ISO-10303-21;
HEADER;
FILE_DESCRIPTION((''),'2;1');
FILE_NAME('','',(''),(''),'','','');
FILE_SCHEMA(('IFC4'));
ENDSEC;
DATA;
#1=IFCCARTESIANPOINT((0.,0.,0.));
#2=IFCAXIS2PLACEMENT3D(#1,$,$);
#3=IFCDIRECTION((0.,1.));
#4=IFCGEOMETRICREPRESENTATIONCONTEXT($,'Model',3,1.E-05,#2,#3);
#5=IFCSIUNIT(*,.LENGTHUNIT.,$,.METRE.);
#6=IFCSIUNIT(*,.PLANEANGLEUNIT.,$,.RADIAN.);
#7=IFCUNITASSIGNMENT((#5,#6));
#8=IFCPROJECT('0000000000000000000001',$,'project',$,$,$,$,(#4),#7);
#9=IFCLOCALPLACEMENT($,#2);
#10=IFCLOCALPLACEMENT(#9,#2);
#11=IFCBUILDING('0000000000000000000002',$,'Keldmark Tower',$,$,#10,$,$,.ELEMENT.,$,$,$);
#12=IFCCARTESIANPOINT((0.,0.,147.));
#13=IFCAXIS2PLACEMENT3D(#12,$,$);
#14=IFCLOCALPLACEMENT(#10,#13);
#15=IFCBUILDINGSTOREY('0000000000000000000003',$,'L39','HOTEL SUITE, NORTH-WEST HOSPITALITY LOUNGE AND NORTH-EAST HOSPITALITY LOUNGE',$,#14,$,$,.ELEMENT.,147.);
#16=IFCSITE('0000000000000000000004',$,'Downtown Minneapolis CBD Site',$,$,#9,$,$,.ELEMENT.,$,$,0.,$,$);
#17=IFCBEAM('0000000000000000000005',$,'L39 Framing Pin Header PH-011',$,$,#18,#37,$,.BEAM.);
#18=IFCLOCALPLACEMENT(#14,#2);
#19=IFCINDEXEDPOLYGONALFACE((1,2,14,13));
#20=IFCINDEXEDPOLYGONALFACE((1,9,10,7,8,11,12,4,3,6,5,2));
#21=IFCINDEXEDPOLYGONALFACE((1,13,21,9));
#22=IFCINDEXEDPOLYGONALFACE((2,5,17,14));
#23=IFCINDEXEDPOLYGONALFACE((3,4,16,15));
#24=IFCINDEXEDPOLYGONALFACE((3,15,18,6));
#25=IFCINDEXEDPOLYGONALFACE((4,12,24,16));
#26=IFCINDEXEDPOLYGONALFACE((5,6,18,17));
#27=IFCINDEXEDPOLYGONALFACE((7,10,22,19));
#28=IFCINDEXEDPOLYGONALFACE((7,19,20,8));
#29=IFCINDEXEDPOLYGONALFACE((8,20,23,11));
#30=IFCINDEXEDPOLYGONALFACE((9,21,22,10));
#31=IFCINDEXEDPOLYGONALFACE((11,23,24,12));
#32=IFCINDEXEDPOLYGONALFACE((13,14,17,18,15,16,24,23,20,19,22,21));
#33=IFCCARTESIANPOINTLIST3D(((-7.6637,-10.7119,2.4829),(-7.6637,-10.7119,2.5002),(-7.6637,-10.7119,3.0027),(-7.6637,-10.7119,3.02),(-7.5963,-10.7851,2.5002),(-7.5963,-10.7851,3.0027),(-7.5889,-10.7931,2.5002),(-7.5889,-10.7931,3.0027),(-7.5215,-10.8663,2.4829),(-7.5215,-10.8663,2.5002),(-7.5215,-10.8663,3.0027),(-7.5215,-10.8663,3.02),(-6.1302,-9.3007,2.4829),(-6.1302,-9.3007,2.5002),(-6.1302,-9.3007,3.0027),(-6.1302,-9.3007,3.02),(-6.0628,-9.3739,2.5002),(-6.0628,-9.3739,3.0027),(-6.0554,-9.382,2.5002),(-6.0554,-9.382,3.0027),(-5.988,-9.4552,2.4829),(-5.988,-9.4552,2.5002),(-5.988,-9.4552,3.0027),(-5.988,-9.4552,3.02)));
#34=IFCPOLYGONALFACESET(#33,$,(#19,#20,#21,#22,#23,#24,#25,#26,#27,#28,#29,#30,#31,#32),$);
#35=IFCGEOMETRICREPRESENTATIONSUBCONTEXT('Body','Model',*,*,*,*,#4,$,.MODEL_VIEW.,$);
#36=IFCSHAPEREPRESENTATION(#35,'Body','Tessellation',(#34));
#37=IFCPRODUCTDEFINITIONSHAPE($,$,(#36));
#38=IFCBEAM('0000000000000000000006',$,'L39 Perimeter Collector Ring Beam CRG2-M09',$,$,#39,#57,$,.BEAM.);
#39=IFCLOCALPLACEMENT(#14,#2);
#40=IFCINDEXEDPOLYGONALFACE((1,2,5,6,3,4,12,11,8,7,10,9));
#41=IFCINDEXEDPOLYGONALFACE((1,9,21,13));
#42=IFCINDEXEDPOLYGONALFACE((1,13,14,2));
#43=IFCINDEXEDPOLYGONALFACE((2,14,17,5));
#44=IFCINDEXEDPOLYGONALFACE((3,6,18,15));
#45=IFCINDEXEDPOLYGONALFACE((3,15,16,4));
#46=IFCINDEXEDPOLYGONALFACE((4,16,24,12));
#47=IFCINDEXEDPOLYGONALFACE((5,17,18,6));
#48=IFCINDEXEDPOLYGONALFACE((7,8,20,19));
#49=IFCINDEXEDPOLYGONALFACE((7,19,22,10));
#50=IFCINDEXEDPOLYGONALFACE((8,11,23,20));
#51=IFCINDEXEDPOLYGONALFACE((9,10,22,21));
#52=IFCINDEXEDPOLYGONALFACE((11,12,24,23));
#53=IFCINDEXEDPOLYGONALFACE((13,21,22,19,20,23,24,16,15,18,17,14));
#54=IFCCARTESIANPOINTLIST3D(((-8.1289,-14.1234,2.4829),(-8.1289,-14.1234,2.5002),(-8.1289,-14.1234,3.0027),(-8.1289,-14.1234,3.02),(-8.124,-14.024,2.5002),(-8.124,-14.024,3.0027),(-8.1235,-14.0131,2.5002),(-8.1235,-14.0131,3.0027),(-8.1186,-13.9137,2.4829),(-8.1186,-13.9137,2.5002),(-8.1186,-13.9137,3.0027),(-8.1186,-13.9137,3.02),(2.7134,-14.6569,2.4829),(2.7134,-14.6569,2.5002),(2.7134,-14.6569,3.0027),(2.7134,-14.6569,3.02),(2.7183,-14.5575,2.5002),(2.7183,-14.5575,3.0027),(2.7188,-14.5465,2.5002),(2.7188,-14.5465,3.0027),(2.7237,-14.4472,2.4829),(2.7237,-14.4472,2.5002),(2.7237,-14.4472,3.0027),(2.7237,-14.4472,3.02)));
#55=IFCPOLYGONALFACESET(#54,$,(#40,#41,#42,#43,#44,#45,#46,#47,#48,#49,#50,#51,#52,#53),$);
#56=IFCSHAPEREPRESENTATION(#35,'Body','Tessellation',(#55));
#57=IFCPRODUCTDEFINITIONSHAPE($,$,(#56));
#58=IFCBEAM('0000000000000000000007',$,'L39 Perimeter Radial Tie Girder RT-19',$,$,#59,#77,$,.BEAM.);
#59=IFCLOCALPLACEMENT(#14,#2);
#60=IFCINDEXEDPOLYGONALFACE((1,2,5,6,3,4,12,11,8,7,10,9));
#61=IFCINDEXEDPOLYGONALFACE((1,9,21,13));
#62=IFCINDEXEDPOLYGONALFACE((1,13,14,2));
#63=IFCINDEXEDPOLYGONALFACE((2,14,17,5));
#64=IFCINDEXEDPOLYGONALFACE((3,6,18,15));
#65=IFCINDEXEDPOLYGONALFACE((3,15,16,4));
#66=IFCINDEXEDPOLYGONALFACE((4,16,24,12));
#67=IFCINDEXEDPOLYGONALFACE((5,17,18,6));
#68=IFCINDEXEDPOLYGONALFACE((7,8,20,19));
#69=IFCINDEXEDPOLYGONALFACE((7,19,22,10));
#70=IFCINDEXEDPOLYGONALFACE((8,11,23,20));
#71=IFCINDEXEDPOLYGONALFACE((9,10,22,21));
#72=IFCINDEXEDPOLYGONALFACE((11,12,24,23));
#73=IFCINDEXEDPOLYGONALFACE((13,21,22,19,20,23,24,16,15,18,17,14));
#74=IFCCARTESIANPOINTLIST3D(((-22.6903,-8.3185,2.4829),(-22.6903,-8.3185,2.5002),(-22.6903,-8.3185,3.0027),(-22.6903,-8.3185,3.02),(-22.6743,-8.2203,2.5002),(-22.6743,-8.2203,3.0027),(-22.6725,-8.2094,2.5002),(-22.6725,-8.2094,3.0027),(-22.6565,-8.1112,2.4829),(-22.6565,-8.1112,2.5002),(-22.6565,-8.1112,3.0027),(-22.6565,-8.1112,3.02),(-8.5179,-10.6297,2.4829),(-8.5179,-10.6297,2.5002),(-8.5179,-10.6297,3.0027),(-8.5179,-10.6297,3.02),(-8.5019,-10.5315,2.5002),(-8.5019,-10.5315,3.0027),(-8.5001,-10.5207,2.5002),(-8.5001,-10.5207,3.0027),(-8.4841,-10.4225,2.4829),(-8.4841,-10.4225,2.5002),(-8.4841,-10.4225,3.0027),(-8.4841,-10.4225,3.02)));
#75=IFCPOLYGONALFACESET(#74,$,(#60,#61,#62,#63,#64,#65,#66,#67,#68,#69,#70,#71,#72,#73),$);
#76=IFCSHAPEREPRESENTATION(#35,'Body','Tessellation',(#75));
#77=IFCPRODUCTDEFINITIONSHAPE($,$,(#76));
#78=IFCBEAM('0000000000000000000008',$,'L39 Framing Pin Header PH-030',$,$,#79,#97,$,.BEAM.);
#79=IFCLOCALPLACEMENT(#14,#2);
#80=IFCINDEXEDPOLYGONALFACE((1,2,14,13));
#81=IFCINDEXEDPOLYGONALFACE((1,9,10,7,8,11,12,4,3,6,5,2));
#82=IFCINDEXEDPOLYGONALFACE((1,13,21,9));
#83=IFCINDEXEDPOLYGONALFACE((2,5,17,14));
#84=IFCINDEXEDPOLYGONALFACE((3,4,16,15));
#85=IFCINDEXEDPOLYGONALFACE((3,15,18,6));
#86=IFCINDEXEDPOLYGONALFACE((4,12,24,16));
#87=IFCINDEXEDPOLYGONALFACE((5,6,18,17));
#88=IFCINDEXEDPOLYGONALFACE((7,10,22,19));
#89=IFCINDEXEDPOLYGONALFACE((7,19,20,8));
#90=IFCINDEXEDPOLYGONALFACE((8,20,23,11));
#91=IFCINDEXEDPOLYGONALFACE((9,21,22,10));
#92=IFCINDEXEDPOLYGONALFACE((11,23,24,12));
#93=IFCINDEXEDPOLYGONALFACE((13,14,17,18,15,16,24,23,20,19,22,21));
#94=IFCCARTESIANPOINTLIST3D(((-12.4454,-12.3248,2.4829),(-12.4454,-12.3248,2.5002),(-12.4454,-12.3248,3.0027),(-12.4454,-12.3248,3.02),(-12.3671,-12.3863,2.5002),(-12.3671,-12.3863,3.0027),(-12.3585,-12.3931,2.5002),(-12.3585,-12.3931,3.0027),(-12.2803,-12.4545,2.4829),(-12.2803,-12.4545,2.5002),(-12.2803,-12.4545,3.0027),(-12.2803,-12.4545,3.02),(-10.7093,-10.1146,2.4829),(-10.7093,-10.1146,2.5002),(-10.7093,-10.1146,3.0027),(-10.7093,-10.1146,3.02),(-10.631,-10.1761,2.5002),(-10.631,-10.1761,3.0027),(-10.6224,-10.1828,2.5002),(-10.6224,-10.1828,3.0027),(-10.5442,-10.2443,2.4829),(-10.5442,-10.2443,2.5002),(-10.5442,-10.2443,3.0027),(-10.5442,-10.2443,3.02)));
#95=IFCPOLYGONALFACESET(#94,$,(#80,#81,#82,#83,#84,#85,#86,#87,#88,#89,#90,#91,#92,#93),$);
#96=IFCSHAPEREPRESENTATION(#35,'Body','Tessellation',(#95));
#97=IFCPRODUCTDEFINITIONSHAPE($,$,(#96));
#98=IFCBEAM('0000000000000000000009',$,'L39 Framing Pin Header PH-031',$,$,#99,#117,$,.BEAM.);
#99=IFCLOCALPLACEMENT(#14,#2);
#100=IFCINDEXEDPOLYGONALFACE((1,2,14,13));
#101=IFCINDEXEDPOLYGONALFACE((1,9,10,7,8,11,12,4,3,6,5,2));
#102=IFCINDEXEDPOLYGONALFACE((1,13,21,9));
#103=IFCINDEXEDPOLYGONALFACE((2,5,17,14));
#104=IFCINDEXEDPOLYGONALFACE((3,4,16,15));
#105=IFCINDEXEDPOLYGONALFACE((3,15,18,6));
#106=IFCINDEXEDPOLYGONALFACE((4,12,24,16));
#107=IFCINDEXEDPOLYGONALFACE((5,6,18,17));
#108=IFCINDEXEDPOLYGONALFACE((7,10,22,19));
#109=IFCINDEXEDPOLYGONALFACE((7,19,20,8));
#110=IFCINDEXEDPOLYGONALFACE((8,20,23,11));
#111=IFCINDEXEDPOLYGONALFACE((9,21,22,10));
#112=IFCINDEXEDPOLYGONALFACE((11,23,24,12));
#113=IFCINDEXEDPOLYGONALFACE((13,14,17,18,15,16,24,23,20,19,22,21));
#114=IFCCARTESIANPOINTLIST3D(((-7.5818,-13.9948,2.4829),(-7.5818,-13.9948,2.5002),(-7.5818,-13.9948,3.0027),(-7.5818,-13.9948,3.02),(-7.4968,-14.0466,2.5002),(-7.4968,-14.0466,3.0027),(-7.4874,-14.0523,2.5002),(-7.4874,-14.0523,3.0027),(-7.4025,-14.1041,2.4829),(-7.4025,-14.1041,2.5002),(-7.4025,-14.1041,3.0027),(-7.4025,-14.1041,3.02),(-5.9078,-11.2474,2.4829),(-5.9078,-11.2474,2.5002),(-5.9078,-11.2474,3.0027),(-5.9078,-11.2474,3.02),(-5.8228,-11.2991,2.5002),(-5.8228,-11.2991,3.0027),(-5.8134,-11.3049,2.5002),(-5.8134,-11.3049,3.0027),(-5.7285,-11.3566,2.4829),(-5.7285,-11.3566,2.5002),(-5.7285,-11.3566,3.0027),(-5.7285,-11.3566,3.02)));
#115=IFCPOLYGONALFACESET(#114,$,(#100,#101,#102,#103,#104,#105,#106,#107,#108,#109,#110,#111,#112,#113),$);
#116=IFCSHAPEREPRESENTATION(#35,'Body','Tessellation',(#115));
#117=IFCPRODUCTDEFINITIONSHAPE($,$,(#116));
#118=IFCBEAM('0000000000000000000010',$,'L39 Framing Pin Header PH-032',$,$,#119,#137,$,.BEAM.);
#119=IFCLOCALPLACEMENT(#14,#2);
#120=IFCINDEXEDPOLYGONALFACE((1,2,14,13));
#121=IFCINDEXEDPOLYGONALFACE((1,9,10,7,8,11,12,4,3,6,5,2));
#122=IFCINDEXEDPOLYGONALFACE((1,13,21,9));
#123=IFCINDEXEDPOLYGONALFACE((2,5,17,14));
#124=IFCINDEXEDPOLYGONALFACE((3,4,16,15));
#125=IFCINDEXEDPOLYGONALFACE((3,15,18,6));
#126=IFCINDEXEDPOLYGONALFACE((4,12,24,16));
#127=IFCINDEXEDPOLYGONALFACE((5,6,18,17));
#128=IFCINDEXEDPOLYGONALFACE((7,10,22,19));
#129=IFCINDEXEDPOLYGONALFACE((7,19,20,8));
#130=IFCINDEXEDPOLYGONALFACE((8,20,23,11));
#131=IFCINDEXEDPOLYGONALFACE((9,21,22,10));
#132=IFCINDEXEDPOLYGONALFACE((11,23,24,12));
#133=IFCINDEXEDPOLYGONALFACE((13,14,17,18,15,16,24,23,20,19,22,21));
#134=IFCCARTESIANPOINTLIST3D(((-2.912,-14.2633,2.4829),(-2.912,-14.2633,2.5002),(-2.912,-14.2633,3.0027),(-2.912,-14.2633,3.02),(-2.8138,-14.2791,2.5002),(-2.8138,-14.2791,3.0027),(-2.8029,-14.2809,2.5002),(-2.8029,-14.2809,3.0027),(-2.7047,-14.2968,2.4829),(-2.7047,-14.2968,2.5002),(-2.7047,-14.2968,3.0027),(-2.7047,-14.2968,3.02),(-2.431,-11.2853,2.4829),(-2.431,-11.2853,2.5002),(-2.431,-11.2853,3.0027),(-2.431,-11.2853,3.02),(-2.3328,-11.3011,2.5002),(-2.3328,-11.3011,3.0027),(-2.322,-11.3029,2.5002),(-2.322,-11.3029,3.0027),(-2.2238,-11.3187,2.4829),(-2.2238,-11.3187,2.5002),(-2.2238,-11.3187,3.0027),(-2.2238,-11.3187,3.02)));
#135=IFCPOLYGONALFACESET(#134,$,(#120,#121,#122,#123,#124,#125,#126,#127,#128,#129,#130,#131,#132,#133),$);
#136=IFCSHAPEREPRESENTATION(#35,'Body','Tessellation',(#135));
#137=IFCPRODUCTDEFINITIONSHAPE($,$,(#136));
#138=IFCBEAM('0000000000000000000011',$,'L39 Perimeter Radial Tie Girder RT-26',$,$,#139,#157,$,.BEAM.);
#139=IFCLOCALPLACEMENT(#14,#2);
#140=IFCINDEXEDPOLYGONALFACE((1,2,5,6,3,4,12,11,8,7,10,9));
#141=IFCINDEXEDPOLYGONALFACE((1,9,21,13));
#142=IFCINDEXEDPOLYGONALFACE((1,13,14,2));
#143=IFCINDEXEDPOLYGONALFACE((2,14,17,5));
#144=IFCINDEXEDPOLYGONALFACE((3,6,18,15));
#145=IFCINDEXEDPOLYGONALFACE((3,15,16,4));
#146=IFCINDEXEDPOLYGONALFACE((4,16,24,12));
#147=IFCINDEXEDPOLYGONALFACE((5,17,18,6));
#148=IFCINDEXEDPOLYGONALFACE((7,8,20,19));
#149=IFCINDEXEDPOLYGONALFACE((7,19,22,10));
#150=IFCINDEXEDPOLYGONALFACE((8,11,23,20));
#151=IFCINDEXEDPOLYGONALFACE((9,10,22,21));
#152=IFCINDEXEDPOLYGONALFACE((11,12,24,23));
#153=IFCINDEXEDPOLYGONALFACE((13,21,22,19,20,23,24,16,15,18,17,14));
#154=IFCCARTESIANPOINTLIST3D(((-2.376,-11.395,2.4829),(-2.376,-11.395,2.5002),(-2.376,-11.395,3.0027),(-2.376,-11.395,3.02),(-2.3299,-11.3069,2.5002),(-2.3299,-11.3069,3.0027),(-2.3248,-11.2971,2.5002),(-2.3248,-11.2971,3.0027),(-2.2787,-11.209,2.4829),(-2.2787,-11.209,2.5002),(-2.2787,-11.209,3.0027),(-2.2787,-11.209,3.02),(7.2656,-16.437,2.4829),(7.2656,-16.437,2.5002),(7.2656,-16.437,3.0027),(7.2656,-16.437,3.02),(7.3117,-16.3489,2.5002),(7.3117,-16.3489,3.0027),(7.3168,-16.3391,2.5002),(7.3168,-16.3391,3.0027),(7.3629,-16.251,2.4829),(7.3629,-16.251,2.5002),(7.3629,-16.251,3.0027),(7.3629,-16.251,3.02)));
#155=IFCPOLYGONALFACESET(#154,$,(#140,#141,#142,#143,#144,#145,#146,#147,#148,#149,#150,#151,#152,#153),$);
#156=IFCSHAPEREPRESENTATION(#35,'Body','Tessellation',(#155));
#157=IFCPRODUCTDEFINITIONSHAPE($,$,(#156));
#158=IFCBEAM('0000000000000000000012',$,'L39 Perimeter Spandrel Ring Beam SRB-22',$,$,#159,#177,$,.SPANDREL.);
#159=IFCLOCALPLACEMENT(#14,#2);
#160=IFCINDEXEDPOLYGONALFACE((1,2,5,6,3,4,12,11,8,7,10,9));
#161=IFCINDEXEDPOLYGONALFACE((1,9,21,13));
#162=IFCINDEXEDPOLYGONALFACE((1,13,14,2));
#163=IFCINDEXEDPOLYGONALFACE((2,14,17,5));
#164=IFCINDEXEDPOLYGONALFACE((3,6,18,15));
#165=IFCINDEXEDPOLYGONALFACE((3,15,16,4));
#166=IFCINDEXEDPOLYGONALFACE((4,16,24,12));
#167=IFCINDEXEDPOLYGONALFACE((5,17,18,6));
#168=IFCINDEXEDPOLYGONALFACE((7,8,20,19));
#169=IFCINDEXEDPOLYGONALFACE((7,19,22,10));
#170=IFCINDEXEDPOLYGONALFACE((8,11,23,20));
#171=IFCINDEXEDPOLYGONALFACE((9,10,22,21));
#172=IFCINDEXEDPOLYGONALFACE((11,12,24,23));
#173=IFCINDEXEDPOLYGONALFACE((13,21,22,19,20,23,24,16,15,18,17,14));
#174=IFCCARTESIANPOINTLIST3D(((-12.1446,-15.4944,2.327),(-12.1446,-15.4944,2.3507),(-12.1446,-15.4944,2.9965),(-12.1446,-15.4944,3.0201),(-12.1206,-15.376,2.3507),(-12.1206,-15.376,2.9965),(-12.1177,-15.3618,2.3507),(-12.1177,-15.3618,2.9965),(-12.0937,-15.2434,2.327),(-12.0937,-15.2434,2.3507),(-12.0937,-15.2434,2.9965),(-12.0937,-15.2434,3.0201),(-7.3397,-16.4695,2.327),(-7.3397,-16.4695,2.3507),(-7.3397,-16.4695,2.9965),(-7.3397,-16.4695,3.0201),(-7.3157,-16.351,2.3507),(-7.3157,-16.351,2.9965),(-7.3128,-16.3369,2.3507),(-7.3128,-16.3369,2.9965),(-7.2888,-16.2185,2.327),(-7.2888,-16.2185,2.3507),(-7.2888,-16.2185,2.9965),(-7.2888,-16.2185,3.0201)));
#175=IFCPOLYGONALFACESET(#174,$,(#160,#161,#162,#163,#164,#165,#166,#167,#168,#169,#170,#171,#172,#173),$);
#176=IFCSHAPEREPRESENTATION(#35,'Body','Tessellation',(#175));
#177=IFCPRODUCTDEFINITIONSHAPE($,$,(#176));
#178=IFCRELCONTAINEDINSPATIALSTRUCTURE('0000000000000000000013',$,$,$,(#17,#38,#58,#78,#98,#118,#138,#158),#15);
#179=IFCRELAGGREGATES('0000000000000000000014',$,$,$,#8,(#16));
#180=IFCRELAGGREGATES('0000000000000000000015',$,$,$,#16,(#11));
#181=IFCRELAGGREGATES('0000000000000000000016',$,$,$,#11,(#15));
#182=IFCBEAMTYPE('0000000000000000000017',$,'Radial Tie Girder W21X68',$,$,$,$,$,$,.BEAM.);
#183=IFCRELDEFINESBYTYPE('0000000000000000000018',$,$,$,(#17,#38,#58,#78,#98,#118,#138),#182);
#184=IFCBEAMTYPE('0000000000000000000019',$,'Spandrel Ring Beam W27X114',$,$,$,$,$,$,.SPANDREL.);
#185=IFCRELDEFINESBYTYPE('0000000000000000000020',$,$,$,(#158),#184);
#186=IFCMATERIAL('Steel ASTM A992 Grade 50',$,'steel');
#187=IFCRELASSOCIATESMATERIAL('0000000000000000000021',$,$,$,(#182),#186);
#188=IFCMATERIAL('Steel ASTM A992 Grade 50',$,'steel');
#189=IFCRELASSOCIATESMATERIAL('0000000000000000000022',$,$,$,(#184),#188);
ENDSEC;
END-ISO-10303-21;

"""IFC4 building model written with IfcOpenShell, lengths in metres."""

from ifc_helpers import new_model, si_unit, direction, frame, origin, origin_2d, place, context, subcontext, project, spatial, i_section, extrude, material, material_profile, profile_set, type_object, element, save


model = new_model("IFC4")

# Units and contexts
model_context = context("Model", 3, precision=1e-05, world=origin(), true_north=direction((0.0, 1.0)))
body_context = subcontext(model_context, "Body", "Model", "MODEL_VIEW")
ifc_project = project(units=[si_unit("LENGTHUNIT", "METRE"), si_unit("PLANEANGLEUNIT", "RADIAN")], contexts=[model_context])

# Site, building, storey
site_placement = place(None, origin())
site = spatial("IfcSite", under=ifc_project, at=site_placement, Name="Downtown Minneapolis CBD Site", CompositionType="ELEMENT", RefElevation=0.0)
building_placement = place(site_placement, origin())
building = spatial("IfcBuilding", under=site, at=building_placement, Name="Keldmark Tower", CompositionType="ELEMENT")
storey_placement = place(building_placement, frame((0.0, 0.0, 147.0)))
storey = spatial("IfcBuildingStorey", under=building, at=storey_placement, Name="L39", Description="HOTEL SUITE, NORTH-WEST HOSPITALITY LOUNGE AND NORTH-EAST HOSPITALITY LOUNGE", CompositionType="ELEMENT", Elevation=147.0)

# Beams
ifc_material_1 = material(Name="Steel ASTM A992 Grade 50", Category="steel")
ifc_material_profile_1 = material_profile(ifc_material_1, i_section(OverallWidth=0.21, OverallDepth=0.5371, WebThickness=0.011, FlangeThickness=0.0173, at=origin_2d()), Name="W21X68")
ifc_profile_set_1 = profile_set([ifc_material_profile_1], Name="Steel ASTM A992 Grade 50")
beam_type_1 = type_object("IfcBeamType", Name="Radial Tie Girder W21X68", PredefinedType="BEAM", material=ifc_profile_set_1)
beam_1_placement = place(storey_placement, frame((-6.0591, -9.3779, 2.7515), z_axis=(-0.735845, -0.67715, 0.0), x_axis=(0.67715, -0.735845, 0.0)))
element("IfcBeam", 1, at=beam_1_placement, inside=storey, type_object=beam_type_1, Name="L39 Framing Pin Header PH-011", PredefinedType="BEAM", context=body_context, shape_type="SweptSolid", body=[
    extrude(i_section(OverallWidth=0.21, OverallDepth=0.5371, WebThickness=0.011, FlangeThickness=0.0173, at=origin_2d()), origin(), (0.0, 0.0, 1.0), 2.084),
])
beam_2_placement = place(storey_placement, frame((-8.1238, -14.0186, 2.7515), z_axis=(0.998792, -0.049141, 0.0), x_axis=(0.049141, 0.998792, 0.0)))
element("IfcBeam", 2, at=beam_2_placement, inside=storey, type_object=beam_type_1, Name="L39 Perimeter Collector Ring Beam CRG2-M09", PredefinedType="BEAM", context=body_context, shape_type="SweptSolid", body=[
    extrude(i_section(OverallWidth=0.21, OverallDepth=0.5371, WebThickness=0.011, FlangeThickness=0.0173, at=origin_2d()), origin(), (0.0, 0.0, 1.0), 10.8555),
])
beam_3_placement = place(storey_placement, frame((-8.501, -10.5261, 2.7515), z_axis=(-0.986961, 0.160957, 0.0), x_axis=(-0.160957, -0.986961, 0.0)))
element("IfcBeam", 3, at=beam_3_placement, inside=storey, type_object=beam_type_1, Name="L39 Perimeter Radial Tie Girder RT-19", PredefinedType="BEAM", context=body_context, shape_type="SweptSolid", body=[
    extrude(i_section(OverallWidth=0.21, OverallDepth=0.5371, WebThickness=0.011, FlangeThickness=0.0173, at=origin_2d()), origin(), (0.0, 0.0, 1.0), 14.3596),
])
beam_4_placement = place(storey_placement, frame((-10.6267, -10.1794, 2.7515), z_axis=(-0.61771, -0.786406, 0.0), x_axis=(0.786406, -0.61771, 0.0)))
element("IfcBeam", 4, at=beam_4_placement, inside=storey, type_object=beam_type_1, Name="L39 Framing Pin Header PH-030", PredefinedType="BEAM", context=body_context, shape_type="SweptSolid", body=[
    extrude(i_section(OverallWidth=0.21, OverallDepth=0.5371, WebThickness=0.011, FlangeThickness=0.0173, at=origin_2d()), origin(), (0.0, 0.0, 1.0), 2.8105),
])
beam_5_placement = place(storey_placement, frame((-5.8181, -11.302, 2.7515), z_axis=(-0.52032, -0.853971, 0.0), x_axis=(0.853971, -0.52032, 0.0)))
element("IfcBeam", 5, at=beam_5_placement, inside=storey, type_object=beam_type_1, Name="L39 Framing Pin Header PH-031", PredefinedType="BEAM", context=body_context, shape_type="SweptSolid", body=[
    extrude(i_section(OverallWidth=0.21, OverallDepth=0.5371, WebThickness=0.011, FlangeThickness=0.0173, at=origin_2d()), origin(), (0.0, 0.0, 1.0), 3.2173),
])
beam_6_placement = place(storey_placement, frame((-2.3274, -11.302, 2.7515), z_axis=(-0.159436, -0.987208, 0.0), x_axis=(0.987208, -0.159436, 0.0)))
element("IfcBeam", 6, at=beam_6_placement, inside=storey, type_object=beam_type_1, Name="L39 Framing Pin Header PH-032", PredefinedType="BEAM", context=body_context, shape_type="SweptSolid", body=[
    extrude(i_section(OverallWidth=0.21, OverallDepth=0.5371, WebThickness=0.011, FlangeThickness=0.0173, at=origin_2d()), origin(), (0.0, 0.0, 1.0), 3.0166),
])
beam_7_placement = place(storey_placement, frame((-2.3274, -11.302, 2.7515), z_axis=(0.886148, -0.463403, 0.0), x_axis=(0.463403, 0.886148, 0.0)))
element("IfcBeam", 7, at=beam_7_placement, inside=storey, type_object=beam_type_1, Name="L39 Perimeter Radial Tie Girder RT-26", PredefinedType="BEAM", context=body_context, shape_type="SweptSolid", body=[
    extrude(i_section(OverallWidth=0.21, OverallDepth=0.5371, WebThickness=0.011, FlangeThickness=0.0173, at=origin_2d()), origin(), (0.0, 0.0, 1.0), 10.8804),
])
ifc_material_2 = material(Name="Steel ASTM A992 Grade 50", Category="steel")
ifc_material_profile_2 = material_profile(ifc_material_2, i_section(OverallWidth=0.2561, OverallDepth=0.6931, WebThickness=0.0144, FlangeThickness=0.0237, at=origin_2d()), Name="W27X114")
ifc_profile_set_2 = profile_set([ifc_material_profile_2], Name="Steel ASTM A992 Grade 50")
beam_type_2 = type_object("IfcBeamType", Name="Spandrel Ring Beam W27X114", PredefinedType="SPANDREL", material=ifc_profile_set_2)
beam_8_placement = place(storey_placement, frame((-12.1191, -15.3689, 2.6736), z_axis=(0.980023, -0.198883, 0.0), x_axis=(0.198883, 0.980023, 0.0)))
element("IfcBeam", 8, at=beam_8_placement, inside=storey, type_object=beam_type_2, Name="L39 Perimeter Spandrel Ring Beam SRB-22", PredefinedType="SPANDREL", context=body_context, shape_type="SweptSolid", body=[
    extrude(i_section(OverallWidth=0.2561, OverallDepth=0.6931, WebThickness=0.0144, FlangeThickness=0.0237, at=origin_2d()), origin(), (0.0, 0.0, 1.0), 4.9028),
])

save(model, "model.ifc")
